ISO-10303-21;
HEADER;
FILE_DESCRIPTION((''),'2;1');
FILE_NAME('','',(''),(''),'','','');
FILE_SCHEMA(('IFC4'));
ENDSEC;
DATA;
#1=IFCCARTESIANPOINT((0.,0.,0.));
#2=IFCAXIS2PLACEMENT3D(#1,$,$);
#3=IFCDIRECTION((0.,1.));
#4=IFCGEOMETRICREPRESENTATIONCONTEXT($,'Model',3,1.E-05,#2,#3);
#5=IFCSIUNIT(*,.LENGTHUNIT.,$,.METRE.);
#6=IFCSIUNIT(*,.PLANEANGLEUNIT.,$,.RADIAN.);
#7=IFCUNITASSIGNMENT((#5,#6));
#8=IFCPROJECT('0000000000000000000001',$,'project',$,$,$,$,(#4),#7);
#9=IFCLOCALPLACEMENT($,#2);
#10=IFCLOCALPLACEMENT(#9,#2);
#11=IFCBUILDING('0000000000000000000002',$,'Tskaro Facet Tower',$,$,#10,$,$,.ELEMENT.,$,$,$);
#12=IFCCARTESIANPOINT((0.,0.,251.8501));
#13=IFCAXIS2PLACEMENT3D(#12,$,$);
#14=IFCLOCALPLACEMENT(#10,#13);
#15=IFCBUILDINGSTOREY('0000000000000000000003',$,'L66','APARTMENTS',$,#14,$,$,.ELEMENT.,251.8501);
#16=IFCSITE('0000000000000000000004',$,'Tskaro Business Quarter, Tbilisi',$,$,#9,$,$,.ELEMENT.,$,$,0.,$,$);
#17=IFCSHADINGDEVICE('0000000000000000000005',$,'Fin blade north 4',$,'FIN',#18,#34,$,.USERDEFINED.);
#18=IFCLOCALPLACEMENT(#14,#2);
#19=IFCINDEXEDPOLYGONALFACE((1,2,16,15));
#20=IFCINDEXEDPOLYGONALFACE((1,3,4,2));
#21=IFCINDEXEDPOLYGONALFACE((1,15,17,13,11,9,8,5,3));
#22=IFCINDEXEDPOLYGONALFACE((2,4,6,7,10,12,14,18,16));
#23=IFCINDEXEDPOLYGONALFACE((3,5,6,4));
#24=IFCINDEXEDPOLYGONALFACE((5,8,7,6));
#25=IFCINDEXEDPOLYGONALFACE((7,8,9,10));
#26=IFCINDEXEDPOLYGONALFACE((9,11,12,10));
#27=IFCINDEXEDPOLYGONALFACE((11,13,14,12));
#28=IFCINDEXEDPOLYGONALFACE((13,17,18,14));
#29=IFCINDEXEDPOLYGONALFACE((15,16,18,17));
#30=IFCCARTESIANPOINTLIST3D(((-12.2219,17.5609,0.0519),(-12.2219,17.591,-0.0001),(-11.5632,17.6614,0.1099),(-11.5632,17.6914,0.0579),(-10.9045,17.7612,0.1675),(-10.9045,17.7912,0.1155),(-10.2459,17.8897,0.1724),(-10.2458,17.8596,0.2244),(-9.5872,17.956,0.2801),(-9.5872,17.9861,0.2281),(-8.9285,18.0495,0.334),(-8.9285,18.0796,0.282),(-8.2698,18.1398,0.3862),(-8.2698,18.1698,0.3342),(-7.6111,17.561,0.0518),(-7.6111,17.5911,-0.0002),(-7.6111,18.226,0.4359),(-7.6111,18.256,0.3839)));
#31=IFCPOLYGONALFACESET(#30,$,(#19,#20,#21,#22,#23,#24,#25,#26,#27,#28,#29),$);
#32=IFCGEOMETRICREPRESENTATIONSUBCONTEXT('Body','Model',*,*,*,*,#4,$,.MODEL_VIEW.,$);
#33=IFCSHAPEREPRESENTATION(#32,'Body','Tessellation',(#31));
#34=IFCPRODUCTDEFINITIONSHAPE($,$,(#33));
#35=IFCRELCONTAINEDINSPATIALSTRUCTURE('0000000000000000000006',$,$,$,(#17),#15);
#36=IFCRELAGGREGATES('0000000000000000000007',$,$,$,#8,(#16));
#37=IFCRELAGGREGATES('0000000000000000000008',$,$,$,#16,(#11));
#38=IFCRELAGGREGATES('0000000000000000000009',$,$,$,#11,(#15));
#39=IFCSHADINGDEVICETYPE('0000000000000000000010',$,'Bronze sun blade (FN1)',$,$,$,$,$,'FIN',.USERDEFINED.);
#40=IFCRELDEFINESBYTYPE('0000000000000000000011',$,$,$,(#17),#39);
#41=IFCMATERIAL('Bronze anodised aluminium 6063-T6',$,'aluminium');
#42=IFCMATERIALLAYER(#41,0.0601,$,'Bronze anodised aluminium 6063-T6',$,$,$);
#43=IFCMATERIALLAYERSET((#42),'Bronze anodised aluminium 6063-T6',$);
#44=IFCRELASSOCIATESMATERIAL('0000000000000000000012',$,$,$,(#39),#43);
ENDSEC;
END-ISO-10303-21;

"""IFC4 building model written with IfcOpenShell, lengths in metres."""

from ifc_helpers import new_model, si_unit, direction, frame, origin, place, context, subcontext, project, spatial, polyline, outline, extrude, material, layer, layer_set, type_object, element, save


model = new_model("IFC4")

# Units and contexts
model_context = context("Model", 3, precision=1e-05, world=origin(), true_north=direction((0.0, 1.0)))
body_context = subcontext(model_context, "Body", "Model", "MODEL_VIEW")
ifc_project = project(units=[si_unit("LENGTHUNIT", "METRE"), si_unit("PLANEANGLEUNIT", "RADIAN")], contexts=[model_context])

# Site, building, storey
site_placement = place(None, origin())
site = spatial("IfcSite", under=ifc_project, at=site_placement, Name="Tskaro Business Quarter, Tbilisi", CompositionType="ELEMENT", RefElevation=0.0)
building_placement = place(site_placement, origin())
building = spatial("IfcBuilding", under=site, at=building_placement, Name="Tskaro Facet Tower", CompositionType="ELEMENT")
storey_placement = place(building_placement, frame((0.0, 0.0, 251.8501)))
storey = spatial("IfcBuildingStorey", under=building, at=storey_placement, Name="L66", Description="APARTMENTS", CompositionType="ELEMENT", Elevation=251.8501)

# Shared definitions
ifc_material_1 = material(Name="Bronze anodised aluminium 6063-T6", Category="aluminium")

# Shading device
ifc_layer_1 = layer(ifc_material_1, 0.0601, Name="Bronze anodised aluminium 6063-T6")
ifc_layer_set_1 = layer_set([ifc_layer_1], Name="Bronze anodised aluminium 6063-T6")
shading_device_type = type_object("IfcShadingDeviceType", Name="Bronze sun blade (FN1)", ElementType="FIN", PredefinedType="USERDEFINED", material=ifc_layer_set_1)
shading_device_placement = place(storey_placement, frame((-7.6111, 17.561, 0.0518), z_axis=(0.000038, -0.500265, 0.865872), x_axis=(-1.0, -0.000019, 0.000033)))
element("IfcShadingDevice", 1, at=shading_device_placement, inside=storey, type_object=shading_device_type, Name="Fin blade north 4", ObjectType="FIN", PredefinedType="USERDEFINED", context=body_context, shape_type="SweptSolid", body=[
    extrude(outline(polyline([(0.0, 0.0), (4.6108, 0.0), (3.9521, -0.116), (3.2935, -0.2312), (2.6348, -0.3449), (1.9761, -0.4562), (1.3174, -0.5642), (0.6587, -0.6684), (0.0, -0.768), (0.0, 0.0)])), origin(), (0.0, 0.0, -1.0), 0.0601),
])

save(model, "model.ifc")
